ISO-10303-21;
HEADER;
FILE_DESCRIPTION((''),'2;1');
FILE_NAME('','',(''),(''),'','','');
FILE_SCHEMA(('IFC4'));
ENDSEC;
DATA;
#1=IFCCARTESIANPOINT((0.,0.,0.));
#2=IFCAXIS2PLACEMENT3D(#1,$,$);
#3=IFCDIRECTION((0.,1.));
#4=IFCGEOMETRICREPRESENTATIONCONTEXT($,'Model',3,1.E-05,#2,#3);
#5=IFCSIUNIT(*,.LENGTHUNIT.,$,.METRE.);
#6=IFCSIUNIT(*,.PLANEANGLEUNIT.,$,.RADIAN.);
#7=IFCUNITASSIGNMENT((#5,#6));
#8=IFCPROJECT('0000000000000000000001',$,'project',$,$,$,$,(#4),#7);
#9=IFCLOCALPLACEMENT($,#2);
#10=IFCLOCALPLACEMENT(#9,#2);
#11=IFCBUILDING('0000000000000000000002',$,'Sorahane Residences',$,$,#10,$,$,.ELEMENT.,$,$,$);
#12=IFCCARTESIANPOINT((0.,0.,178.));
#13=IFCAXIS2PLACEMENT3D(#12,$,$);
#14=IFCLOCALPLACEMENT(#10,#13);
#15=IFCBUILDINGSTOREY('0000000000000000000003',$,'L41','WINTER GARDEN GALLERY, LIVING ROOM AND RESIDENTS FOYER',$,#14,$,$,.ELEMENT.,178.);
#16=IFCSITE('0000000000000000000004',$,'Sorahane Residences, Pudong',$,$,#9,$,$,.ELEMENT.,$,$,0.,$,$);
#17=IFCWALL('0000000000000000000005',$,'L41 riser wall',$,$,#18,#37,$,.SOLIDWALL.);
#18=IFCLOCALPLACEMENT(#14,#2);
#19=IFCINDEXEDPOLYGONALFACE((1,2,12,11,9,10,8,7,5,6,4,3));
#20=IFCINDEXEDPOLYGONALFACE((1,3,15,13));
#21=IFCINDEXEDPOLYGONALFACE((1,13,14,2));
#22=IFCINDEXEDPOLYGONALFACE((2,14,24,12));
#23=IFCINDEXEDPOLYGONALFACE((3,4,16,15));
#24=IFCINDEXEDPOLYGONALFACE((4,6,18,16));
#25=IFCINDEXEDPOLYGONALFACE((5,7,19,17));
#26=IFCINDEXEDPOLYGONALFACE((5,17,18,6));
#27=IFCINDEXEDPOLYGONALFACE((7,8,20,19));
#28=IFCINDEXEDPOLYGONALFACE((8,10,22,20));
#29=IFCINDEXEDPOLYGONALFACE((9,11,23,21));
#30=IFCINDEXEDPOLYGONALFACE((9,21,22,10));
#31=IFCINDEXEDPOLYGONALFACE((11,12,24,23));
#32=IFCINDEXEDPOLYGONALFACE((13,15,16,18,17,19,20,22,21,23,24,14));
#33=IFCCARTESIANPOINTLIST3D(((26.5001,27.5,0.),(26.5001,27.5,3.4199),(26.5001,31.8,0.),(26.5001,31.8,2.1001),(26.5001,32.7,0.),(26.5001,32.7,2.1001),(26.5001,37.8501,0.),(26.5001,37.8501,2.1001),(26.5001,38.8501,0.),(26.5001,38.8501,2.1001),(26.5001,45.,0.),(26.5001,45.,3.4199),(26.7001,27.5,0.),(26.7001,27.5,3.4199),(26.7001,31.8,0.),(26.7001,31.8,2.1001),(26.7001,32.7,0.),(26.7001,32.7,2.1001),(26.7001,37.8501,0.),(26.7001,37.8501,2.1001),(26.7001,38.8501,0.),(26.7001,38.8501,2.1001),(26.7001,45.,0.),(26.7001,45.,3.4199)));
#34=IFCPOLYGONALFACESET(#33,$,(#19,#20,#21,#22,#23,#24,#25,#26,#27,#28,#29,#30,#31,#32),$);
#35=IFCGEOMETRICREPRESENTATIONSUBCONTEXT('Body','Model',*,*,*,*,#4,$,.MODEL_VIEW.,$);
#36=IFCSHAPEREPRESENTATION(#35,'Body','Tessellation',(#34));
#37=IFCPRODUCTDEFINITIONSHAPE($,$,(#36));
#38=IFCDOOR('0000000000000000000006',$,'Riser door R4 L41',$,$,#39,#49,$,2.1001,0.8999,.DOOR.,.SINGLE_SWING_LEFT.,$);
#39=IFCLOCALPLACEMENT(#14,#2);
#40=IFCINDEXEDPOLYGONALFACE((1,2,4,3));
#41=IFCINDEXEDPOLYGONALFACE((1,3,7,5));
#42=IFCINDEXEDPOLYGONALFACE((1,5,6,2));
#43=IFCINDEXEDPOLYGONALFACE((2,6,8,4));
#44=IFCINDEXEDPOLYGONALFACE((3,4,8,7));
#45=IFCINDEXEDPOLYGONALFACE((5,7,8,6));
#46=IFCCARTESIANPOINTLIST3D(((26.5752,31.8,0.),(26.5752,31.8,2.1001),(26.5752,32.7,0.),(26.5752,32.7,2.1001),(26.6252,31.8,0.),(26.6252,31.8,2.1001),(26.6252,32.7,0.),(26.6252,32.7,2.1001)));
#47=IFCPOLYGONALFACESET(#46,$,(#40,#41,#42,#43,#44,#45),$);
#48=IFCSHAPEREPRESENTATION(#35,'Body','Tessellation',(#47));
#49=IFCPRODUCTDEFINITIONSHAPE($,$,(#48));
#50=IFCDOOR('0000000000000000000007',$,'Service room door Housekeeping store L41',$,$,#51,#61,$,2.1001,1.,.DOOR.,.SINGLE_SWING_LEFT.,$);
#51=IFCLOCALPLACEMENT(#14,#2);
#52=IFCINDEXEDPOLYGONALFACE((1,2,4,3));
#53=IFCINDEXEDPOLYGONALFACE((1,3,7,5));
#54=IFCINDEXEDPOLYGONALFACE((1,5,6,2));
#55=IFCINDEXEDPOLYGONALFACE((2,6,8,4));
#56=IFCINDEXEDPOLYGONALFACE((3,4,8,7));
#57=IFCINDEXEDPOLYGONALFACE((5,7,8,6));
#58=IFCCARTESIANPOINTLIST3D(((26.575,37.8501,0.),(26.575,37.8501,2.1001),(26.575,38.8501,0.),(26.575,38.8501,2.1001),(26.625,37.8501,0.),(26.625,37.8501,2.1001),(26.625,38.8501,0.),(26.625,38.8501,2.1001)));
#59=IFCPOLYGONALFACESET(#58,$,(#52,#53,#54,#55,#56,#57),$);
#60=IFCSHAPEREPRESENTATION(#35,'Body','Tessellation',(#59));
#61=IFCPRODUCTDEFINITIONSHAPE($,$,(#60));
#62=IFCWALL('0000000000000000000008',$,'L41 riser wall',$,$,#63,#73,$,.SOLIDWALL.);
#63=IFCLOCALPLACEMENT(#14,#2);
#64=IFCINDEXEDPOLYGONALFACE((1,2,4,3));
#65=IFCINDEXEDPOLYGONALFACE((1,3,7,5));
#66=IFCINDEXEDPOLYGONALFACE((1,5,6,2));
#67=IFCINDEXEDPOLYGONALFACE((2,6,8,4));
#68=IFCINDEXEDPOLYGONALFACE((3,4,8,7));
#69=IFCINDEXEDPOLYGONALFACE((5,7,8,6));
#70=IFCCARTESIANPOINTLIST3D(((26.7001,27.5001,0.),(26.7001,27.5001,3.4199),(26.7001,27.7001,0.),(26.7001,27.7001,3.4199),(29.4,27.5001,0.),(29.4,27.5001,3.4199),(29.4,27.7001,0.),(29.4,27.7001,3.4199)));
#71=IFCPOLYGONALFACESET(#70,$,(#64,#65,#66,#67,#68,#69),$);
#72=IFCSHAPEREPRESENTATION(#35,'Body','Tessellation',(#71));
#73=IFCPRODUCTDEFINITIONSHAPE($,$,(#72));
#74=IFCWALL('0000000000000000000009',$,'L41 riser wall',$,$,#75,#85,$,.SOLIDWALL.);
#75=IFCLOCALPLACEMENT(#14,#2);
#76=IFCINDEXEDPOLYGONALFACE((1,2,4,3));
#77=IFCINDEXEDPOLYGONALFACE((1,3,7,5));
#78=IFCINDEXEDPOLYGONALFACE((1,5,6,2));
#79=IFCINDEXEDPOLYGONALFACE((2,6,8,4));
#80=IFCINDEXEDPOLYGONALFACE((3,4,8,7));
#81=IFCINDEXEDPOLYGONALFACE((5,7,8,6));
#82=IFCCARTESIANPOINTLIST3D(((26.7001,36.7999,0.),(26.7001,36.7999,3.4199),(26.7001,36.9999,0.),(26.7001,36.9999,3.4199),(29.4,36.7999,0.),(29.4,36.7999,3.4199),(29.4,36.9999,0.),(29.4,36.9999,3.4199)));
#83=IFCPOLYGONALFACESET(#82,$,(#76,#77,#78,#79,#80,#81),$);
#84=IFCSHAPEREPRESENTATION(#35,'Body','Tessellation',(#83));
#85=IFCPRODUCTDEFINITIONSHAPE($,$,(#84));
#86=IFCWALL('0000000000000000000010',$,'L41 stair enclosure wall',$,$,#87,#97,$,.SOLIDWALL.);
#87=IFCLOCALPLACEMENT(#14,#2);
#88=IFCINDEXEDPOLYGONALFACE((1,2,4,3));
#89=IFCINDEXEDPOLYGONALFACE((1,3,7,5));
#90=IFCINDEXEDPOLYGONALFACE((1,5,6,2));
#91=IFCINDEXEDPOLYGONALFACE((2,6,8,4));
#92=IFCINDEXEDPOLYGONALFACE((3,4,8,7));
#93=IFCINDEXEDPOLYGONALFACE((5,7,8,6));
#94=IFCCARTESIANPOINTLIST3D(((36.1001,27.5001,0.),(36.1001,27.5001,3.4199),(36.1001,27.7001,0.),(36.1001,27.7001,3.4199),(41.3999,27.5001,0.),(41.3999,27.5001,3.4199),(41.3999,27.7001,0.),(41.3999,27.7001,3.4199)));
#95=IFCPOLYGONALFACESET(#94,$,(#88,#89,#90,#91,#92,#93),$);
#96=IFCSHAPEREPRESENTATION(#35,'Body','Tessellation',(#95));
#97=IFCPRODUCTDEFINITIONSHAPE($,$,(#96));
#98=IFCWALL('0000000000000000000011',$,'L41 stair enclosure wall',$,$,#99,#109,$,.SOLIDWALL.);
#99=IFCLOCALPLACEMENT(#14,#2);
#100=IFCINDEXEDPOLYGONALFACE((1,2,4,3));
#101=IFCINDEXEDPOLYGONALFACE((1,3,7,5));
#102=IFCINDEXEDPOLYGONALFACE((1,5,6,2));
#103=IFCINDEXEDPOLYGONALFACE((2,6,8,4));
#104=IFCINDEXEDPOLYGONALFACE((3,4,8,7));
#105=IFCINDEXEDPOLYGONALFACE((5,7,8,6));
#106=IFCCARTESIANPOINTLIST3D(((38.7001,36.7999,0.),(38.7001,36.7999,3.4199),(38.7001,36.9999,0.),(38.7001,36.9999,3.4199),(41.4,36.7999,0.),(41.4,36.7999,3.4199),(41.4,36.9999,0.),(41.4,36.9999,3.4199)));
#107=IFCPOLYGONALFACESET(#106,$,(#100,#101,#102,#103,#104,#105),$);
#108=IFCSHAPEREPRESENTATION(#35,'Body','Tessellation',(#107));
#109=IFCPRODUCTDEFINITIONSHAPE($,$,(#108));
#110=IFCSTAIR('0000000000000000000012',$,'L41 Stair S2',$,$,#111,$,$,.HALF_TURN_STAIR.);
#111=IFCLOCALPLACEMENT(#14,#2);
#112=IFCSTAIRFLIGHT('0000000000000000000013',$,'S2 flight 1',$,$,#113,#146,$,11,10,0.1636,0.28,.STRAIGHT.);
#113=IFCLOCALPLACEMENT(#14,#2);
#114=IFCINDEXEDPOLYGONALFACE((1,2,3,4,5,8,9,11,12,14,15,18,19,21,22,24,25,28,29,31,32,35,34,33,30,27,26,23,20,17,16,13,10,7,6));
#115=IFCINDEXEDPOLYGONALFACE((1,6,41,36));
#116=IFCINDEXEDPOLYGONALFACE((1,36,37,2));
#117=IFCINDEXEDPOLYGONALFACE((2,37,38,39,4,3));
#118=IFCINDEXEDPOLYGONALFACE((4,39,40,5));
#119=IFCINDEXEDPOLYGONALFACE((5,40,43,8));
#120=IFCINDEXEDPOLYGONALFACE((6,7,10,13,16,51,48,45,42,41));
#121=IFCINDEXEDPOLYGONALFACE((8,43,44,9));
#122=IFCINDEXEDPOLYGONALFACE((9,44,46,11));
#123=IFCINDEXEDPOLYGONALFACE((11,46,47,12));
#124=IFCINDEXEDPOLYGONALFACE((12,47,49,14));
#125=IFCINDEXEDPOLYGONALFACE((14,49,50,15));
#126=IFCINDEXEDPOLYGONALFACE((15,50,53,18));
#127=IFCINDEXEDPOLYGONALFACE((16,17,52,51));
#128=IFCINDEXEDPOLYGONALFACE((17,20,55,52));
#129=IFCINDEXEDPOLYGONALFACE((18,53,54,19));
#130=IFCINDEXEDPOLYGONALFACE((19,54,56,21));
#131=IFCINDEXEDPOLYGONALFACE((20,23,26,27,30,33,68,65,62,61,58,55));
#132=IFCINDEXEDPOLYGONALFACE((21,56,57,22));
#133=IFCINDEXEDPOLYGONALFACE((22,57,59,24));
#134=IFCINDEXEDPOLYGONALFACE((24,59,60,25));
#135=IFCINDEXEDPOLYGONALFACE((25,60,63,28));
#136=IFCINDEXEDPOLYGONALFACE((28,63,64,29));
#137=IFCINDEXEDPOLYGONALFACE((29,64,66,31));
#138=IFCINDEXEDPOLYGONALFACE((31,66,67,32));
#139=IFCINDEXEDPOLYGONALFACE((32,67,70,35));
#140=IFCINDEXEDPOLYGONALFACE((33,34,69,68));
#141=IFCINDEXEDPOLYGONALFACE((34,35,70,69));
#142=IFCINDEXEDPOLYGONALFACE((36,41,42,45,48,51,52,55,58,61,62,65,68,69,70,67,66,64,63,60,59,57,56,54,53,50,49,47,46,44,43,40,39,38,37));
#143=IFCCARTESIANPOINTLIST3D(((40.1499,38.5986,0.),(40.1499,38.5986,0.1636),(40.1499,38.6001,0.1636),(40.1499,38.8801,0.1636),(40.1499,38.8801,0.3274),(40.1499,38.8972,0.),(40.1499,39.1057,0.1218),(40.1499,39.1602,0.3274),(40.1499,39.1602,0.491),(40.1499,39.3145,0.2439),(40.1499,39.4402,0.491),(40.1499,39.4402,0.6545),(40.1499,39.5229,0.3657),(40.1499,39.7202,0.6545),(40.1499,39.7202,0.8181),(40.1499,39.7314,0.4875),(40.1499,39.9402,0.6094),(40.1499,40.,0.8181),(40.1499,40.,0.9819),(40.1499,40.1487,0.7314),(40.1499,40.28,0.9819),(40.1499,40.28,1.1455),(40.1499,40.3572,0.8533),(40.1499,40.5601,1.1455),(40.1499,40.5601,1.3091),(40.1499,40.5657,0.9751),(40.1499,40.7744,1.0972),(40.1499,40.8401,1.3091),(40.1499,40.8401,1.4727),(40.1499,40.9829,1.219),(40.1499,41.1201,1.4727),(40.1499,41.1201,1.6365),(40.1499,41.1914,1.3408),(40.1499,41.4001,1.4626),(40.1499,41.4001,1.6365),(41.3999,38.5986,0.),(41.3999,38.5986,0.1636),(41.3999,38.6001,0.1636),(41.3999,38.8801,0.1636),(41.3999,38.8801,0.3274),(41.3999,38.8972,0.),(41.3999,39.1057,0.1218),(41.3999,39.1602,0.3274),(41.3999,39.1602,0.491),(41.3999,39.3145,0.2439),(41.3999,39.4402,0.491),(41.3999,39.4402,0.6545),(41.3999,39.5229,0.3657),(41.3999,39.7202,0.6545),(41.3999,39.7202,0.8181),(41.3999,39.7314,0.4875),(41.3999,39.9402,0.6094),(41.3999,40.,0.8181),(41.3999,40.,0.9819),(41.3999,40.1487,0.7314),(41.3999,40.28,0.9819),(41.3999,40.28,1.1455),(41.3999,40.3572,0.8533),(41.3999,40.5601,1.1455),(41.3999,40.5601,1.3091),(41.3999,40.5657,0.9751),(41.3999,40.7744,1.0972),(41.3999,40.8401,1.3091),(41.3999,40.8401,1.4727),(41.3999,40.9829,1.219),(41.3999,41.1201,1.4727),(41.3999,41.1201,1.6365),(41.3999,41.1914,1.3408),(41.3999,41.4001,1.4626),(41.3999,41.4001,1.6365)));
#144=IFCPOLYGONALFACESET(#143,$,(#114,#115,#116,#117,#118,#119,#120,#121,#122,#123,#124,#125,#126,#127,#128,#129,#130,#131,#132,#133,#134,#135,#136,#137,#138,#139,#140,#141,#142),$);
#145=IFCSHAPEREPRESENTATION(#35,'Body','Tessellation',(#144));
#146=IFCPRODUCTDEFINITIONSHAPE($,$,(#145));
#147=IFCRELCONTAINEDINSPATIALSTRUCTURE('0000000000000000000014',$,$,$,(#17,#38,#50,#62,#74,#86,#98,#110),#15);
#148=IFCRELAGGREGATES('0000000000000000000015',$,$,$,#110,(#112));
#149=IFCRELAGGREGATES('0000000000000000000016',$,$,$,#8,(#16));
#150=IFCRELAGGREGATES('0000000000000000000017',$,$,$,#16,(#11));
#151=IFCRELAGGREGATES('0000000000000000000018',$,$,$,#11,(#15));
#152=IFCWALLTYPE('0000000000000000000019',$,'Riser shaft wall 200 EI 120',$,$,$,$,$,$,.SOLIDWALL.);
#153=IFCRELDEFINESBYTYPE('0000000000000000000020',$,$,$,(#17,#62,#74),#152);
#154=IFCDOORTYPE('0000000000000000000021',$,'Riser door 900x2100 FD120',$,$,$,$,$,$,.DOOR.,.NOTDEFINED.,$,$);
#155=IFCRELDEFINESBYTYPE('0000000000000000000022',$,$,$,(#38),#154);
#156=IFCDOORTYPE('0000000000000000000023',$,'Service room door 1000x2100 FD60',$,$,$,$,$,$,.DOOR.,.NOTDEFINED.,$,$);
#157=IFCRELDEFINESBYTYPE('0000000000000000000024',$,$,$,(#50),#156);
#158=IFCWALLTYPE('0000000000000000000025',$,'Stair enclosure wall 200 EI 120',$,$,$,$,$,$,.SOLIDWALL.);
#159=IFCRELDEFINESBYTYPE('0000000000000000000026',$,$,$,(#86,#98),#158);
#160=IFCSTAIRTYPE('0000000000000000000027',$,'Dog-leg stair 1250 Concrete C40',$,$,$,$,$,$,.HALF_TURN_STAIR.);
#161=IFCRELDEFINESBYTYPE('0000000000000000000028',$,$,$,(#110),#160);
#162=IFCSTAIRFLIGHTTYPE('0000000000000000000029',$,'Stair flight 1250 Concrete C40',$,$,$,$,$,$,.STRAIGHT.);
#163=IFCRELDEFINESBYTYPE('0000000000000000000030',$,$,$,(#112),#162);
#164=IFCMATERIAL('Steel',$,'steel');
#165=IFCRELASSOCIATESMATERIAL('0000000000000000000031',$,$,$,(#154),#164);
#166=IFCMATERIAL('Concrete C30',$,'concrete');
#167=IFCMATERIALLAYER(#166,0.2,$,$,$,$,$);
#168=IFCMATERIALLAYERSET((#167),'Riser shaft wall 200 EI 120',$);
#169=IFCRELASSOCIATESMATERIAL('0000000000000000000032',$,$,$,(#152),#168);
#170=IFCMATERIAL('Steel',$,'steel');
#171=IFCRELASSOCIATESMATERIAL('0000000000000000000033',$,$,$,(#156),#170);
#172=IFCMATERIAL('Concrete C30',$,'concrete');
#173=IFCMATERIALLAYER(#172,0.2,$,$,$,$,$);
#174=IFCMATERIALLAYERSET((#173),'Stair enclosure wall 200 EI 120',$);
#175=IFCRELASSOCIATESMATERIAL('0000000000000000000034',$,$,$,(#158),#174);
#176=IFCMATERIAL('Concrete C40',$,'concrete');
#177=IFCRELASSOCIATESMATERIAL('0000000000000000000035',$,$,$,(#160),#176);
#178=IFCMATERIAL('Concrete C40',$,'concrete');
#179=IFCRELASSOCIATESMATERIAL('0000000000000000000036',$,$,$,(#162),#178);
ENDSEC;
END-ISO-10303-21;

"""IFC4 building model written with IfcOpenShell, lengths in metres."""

from ifc_helpers import new_model, si_unit, direction, frame, frame_2d, origin, place, context, subcontext, project, spatial, polyline, rectangle, outline, extrude, material, layer, layer_set, type_object, element, fill, aggregate, save


model = new_model("IFC4")

# Units and contexts
model_context = context("Model", 3, precision=1e-05, world=origin(), true_north=direction((0.0, 1.0)))
body_context = subcontext(model_context, "Body", "Model", "MODEL_VIEW")
ifc_project = project(units=[si_unit("LENGTHUNIT", "METRE"), si_unit("PLANEANGLEUNIT", "RADIAN")], contexts=[model_context])

# Site, building, storey
site_placement = place(None, origin())
site = spatial("IfcSite", under=ifc_project, at=site_placement, Name="Sorahane Residences, Pudong", CompositionType="ELEMENT", RefElevation=0.0)
building_placement = place(site_placement, origin())
building = spatial("IfcBuilding", under=site, at=building_placement, Name="Sorahane Residences", CompositionType="ELEMENT")
storey_placement = place(building_placement, frame((0.0, 0.0, 178.0)))
storey = spatial("IfcBuildingStorey", under=building, at=storey_placement, Name="L41", Description="WINTER GARDEN GALLERY, LIVING ROOM AND RESIDENTS FOYER", CompositionType="ELEMENT", Elevation=178.0)

# Shared definitions
ifc_material_1 = material(Name="Steel", Category="steel")
door_type_1 = type_object("IfcDoorType", Name="Riser door 900x2100 FD120", OperationType="NOTDEFINED", PredefinedType="DOOR", material=ifc_material_1)

# Wall, openings, doors
ifc_material_2 = material(Name="Concrete C30", Category="concrete")
ifc_layer_1 = layer(ifc_material_2, 0.2)
ifc_layer_set_1 = layer_set([ifc_layer_1], Name="Riser shaft wall 200 EI 120")
wall_type_1 = type_object("IfcWallType", Name="Riser shaft wall 200 EI 120", PredefinedType="SOLIDWALL", material=ifc_layer_set_1)
wall_1_placement = place(storey_placement, frame((26.6001, 27.5, 0.0), z_axis=(0.0, 0.0, 1.0), x_axis=(0.0, 1.0, 0.0)))
wall_1 = element("IfcWall", 1, at=wall_1_placement, inside=storey, type_object=wall_type_1, Name="L41 riser wall", PredefinedType="SOLIDWALL", context=body_context, shape_type="SweptSolid", body=[
    extrude(rectangle(XDim=17.5, YDim=0.2, at=frame_2d((8.75, 0.0))), origin(), (0.0, 0.0, 1.0), 3.4199),
])
opening_1_placement = place(wall_1_placement, frame((4.3, 0.0, 0.0)))
opening_1 = element("IfcOpeningElement", 2, at=opening_1_placement, cuts=wall_1, PredefinedType="OPENING", context=body_context, shape_type="SweptSolid", body=[
    extrude(rectangle(XDim=0.8999, YDim=2.1001, at=frame_2d((0.45, 1.05))), frame((0.0, 0.1099, 0.0), z_axis=(0.0, -1.0, 0.0), x_axis=(1.0, 0.0, 0.0)), (0.0, 0.0, 1.0), 0.22),
])
opening_2_placement = place(wall_1_placement, frame((10.3501, 0.0, 0.0)))
opening_2 = element("IfcOpeningElement", 3, at=opening_2_placement, cuts=wall_1, PredefinedType="OPENING", context=body_context, shape_type="SweptSolid", body=[
    extrude(rectangle(XDim=1.0, YDim=2.1001, at=frame_2d((0.5, 1.05))), frame((0.0, 0.1099, 0.0), z_axis=(0.0, -1.0, 0.0), x_axis=(1.0, 0.0, 0.0)), (0.0, 0.0, 1.0), 0.22),
])
door_1_placement = place(opening_1_placement, origin())
door_1 = element("IfcDoor", 4, at=door_1_placement, inside=storey, type_object=door_type_1, Name="Riser door R4 L41", OperationType="SINGLE_SWING_LEFT", OverallHeight=2.1001, OverallWidth=0.8999, PredefinedType="DOOR", context=body_context, shape_type="SweptSolid", body=[
    extrude(rectangle(XDim=0.8999, YDim=2.1001, at=frame_2d((0.45, 1.05))), frame((0.0, 0.0249, 0.0), z_axis=(0.0, -1.0, 0.0), x_axis=(1.0, 0.0, 0.0)), (0.0, 0.0, 1.0), 0.05),
])
fill(opening_1, door_1)
ifc_material_3 = material(Name="Steel", Category="steel")
door_type_2 = type_object("IfcDoorType", Name="Service room door 1000x2100 FD60", OperationType="NOTDEFINED", PredefinedType="DOOR", material=ifc_material_3)
door_2_placement = place(opening_2_placement, frame((1.0, 0.0, 0.0), z_axis=(0.0, 0.0, 1.0), x_axis=(-1.0, 0.0, 0.0)))
door_2 = element("IfcDoor", 5, at=door_2_placement, inside=storey, type_object=door_type_2, Name="Service room door Housekeeping store L41", OperationType="SINGLE_SWING_LEFT", OverallHeight=2.1001, OverallWidth=1.0, PredefinedType="DOOR", context=body_context, shape_type="SweptSolid", body=[
    extrude(rectangle(XDim=1.0, YDim=2.1001, at=frame_2d((0.5, 1.05))), frame((0.0, 0.0249, 0.0), z_axis=(0.0, -1.0, 0.0), x_axis=(1.0, 0.0, 0.0)), (0.0, 0.0, 1.0), 0.05),
])
fill(opening_2, door_2)

# Walls
for number, where, z_axis, x_axis, name in (
    (6, (26.7, 27.6001, 0.0), (0.0, 0.0, 1.0), (1.0, 0.0, 0.0), "L41 riser wall"),
    (7, (26.7, 36.8999, 0.0), (0.0, 0.0, 1.0), (1.0, 0.0, 0.0), "L41 riser wall"),
):
    element("IfcWall", number, at=place(storey_placement, frame(where, z_axis=z_axis, x_axis=x_axis)), inside=storey, type_object=wall_type_1, Name=name, PredefinedType="SOLIDWALL", context=body_context, shape_type="SweptSolid", body=[
        extrude(rectangle(XDim=2.7, YDim=0.2, at=frame_2d((1.3501, 0.0))), origin(), (0.0, 0.0, 1.0), 3.4199),
    ])
ifc_material_4 = material(Name="Concrete C30", Category="concrete")
ifc_layer_2 = layer(ifc_material_4, 0.2)
ifc_layer_set_2 = layer_set([ifc_layer_2], Name="Stair enclosure wall 200 EI 120")
wall_type_2 = type_object("IfcWallType", Name="Stair enclosure wall 200 EI 120", PredefinedType="SOLIDWALL", material=ifc_layer_set_2)
wall_2_placement = place(storey_placement, frame((36.1001, 27.6001, 0.0), z_axis=(0.0, 0.0, 1.0), x_axis=(1.0, 0.0, 0.0)))
element("IfcWall", 8, at=wall_2_placement, inside=storey, type_object=wall_type_2, Name="L41 stair enclosure wall", PredefinedType="SOLIDWALL", context=body_context, shape_type="SweptSolid", body=[
    extrude(rectangle(XDim=5.2998, YDim=0.2, at=frame_2d((2.6499, 0.0))), origin(), (0.0, 0.0, 1.0), 3.4199),
])
wall_3_placement = place(storey_placement, frame((38.7, 36.8999, 0.0), z_axis=(0.0, 0.0, 1.0), x_axis=(1.0, 0.0, 0.0)))
element("IfcWall", 9, at=wall_3_placement, inside=storey, type_object=wall_type_2, Name="L41 stair enclosure wall", PredefinedType="SOLIDWALL", context=body_context, shape_type="SweptSolid", body=[
    extrude(rectangle(XDim=2.7, YDim=0.2, at=frame_2d((1.3501, 0.0))), origin(), (0.0, 0.0, 1.0), 3.4199),
])

# Stair, stair flight
ifc_material_5 = material(Name="Concrete C40", Category="concrete")
stair_type = type_object("IfcStairType", Name="Dog-leg stair 1250 Concrete C40", PredefinedType="HALF_TURN_STAIR", material=ifc_material_5)
stair_1_placement = place(storey_placement, origin())
stair_1 = element("IfcStair", 10, at=stair_1_placement, inside=storey, type_object=stair_type, Name="L41 Stair S2", PredefinedType="HALF_TURN_STAIR")
ifc_material_6 = material(Name="Concrete C40", Category="concrete")
stair_flight_type = type_object("IfcStairFlightType", Name="Stair flight 1250 Concrete C40", PredefinedType="STRAIGHT", material=ifc_material_6)
stair_flight_1_placement = place(storey_placement, frame((40.7749, 38.6001, 0.0), z_axis=(0.0, 0.0, 1.0), x_axis=(0.0, 1.0, 0.0)))
stair_flight_1 = element("IfcStairFlight", 11, at=stair_flight_1_placement, type_object=stair_flight_type, Name="S2 flight 1", NumberOfRisers=11, NumberOfTreads=10, PredefinedType="STRAIGHT", RiserHeight=0.1636, TreadLength=0.28, context=body_context, shape_type="SweptSolid", body=[
    extrude(outline(polyline([(-0.0015, 0.0), (-0.0015, 0.1636), (0.0, 0.1636), (0.28, 0.1636), (0.28, 0.3274), (0.5601, 0.3274), (0.5601, 0.491), (0.8401, 0.491), (0.8401, 0.6545), (1.1201, 0.6545), (1.1201, 0.8181), (1.3999, 0.8181), (1.3999, 0.9819), (1.6799, 0.9819), (1.6799, 1.1455), (1.96, 1.1455), (1.96, 1.3091), (2.24, 1.3091), (2.24, 1.4727), (2.52, 1.4727), (2.52, 1.6365), (2.8, 1.6365), (2.8, 1.8), (2.8, 1.4626), (2.5913, 1.3408), (2.3828, 1.219), (2.1743, 1.0972), (1.9656, 0.9751), (1.7571, 0.8533), (1.5486, 0.7314), (1.3401, 0.6094), (1.1313, 0.4875), (0.9229, 0.3657), (0.7144, 0.2439), (0.5056, 0.1218), (0.2971, 0.0), (-0.0015, 0.0)])), frame((0.0, 0.625, 0.0), z_axis=(0.0, -1.0, 0.0), x_axis=(1.0, 0.0, 0.0)), (0.0, 0.0, 1.0), 1.25),
])
aggregate(stair_1, [stair_flight_1])

save(model, "model.ifc")
